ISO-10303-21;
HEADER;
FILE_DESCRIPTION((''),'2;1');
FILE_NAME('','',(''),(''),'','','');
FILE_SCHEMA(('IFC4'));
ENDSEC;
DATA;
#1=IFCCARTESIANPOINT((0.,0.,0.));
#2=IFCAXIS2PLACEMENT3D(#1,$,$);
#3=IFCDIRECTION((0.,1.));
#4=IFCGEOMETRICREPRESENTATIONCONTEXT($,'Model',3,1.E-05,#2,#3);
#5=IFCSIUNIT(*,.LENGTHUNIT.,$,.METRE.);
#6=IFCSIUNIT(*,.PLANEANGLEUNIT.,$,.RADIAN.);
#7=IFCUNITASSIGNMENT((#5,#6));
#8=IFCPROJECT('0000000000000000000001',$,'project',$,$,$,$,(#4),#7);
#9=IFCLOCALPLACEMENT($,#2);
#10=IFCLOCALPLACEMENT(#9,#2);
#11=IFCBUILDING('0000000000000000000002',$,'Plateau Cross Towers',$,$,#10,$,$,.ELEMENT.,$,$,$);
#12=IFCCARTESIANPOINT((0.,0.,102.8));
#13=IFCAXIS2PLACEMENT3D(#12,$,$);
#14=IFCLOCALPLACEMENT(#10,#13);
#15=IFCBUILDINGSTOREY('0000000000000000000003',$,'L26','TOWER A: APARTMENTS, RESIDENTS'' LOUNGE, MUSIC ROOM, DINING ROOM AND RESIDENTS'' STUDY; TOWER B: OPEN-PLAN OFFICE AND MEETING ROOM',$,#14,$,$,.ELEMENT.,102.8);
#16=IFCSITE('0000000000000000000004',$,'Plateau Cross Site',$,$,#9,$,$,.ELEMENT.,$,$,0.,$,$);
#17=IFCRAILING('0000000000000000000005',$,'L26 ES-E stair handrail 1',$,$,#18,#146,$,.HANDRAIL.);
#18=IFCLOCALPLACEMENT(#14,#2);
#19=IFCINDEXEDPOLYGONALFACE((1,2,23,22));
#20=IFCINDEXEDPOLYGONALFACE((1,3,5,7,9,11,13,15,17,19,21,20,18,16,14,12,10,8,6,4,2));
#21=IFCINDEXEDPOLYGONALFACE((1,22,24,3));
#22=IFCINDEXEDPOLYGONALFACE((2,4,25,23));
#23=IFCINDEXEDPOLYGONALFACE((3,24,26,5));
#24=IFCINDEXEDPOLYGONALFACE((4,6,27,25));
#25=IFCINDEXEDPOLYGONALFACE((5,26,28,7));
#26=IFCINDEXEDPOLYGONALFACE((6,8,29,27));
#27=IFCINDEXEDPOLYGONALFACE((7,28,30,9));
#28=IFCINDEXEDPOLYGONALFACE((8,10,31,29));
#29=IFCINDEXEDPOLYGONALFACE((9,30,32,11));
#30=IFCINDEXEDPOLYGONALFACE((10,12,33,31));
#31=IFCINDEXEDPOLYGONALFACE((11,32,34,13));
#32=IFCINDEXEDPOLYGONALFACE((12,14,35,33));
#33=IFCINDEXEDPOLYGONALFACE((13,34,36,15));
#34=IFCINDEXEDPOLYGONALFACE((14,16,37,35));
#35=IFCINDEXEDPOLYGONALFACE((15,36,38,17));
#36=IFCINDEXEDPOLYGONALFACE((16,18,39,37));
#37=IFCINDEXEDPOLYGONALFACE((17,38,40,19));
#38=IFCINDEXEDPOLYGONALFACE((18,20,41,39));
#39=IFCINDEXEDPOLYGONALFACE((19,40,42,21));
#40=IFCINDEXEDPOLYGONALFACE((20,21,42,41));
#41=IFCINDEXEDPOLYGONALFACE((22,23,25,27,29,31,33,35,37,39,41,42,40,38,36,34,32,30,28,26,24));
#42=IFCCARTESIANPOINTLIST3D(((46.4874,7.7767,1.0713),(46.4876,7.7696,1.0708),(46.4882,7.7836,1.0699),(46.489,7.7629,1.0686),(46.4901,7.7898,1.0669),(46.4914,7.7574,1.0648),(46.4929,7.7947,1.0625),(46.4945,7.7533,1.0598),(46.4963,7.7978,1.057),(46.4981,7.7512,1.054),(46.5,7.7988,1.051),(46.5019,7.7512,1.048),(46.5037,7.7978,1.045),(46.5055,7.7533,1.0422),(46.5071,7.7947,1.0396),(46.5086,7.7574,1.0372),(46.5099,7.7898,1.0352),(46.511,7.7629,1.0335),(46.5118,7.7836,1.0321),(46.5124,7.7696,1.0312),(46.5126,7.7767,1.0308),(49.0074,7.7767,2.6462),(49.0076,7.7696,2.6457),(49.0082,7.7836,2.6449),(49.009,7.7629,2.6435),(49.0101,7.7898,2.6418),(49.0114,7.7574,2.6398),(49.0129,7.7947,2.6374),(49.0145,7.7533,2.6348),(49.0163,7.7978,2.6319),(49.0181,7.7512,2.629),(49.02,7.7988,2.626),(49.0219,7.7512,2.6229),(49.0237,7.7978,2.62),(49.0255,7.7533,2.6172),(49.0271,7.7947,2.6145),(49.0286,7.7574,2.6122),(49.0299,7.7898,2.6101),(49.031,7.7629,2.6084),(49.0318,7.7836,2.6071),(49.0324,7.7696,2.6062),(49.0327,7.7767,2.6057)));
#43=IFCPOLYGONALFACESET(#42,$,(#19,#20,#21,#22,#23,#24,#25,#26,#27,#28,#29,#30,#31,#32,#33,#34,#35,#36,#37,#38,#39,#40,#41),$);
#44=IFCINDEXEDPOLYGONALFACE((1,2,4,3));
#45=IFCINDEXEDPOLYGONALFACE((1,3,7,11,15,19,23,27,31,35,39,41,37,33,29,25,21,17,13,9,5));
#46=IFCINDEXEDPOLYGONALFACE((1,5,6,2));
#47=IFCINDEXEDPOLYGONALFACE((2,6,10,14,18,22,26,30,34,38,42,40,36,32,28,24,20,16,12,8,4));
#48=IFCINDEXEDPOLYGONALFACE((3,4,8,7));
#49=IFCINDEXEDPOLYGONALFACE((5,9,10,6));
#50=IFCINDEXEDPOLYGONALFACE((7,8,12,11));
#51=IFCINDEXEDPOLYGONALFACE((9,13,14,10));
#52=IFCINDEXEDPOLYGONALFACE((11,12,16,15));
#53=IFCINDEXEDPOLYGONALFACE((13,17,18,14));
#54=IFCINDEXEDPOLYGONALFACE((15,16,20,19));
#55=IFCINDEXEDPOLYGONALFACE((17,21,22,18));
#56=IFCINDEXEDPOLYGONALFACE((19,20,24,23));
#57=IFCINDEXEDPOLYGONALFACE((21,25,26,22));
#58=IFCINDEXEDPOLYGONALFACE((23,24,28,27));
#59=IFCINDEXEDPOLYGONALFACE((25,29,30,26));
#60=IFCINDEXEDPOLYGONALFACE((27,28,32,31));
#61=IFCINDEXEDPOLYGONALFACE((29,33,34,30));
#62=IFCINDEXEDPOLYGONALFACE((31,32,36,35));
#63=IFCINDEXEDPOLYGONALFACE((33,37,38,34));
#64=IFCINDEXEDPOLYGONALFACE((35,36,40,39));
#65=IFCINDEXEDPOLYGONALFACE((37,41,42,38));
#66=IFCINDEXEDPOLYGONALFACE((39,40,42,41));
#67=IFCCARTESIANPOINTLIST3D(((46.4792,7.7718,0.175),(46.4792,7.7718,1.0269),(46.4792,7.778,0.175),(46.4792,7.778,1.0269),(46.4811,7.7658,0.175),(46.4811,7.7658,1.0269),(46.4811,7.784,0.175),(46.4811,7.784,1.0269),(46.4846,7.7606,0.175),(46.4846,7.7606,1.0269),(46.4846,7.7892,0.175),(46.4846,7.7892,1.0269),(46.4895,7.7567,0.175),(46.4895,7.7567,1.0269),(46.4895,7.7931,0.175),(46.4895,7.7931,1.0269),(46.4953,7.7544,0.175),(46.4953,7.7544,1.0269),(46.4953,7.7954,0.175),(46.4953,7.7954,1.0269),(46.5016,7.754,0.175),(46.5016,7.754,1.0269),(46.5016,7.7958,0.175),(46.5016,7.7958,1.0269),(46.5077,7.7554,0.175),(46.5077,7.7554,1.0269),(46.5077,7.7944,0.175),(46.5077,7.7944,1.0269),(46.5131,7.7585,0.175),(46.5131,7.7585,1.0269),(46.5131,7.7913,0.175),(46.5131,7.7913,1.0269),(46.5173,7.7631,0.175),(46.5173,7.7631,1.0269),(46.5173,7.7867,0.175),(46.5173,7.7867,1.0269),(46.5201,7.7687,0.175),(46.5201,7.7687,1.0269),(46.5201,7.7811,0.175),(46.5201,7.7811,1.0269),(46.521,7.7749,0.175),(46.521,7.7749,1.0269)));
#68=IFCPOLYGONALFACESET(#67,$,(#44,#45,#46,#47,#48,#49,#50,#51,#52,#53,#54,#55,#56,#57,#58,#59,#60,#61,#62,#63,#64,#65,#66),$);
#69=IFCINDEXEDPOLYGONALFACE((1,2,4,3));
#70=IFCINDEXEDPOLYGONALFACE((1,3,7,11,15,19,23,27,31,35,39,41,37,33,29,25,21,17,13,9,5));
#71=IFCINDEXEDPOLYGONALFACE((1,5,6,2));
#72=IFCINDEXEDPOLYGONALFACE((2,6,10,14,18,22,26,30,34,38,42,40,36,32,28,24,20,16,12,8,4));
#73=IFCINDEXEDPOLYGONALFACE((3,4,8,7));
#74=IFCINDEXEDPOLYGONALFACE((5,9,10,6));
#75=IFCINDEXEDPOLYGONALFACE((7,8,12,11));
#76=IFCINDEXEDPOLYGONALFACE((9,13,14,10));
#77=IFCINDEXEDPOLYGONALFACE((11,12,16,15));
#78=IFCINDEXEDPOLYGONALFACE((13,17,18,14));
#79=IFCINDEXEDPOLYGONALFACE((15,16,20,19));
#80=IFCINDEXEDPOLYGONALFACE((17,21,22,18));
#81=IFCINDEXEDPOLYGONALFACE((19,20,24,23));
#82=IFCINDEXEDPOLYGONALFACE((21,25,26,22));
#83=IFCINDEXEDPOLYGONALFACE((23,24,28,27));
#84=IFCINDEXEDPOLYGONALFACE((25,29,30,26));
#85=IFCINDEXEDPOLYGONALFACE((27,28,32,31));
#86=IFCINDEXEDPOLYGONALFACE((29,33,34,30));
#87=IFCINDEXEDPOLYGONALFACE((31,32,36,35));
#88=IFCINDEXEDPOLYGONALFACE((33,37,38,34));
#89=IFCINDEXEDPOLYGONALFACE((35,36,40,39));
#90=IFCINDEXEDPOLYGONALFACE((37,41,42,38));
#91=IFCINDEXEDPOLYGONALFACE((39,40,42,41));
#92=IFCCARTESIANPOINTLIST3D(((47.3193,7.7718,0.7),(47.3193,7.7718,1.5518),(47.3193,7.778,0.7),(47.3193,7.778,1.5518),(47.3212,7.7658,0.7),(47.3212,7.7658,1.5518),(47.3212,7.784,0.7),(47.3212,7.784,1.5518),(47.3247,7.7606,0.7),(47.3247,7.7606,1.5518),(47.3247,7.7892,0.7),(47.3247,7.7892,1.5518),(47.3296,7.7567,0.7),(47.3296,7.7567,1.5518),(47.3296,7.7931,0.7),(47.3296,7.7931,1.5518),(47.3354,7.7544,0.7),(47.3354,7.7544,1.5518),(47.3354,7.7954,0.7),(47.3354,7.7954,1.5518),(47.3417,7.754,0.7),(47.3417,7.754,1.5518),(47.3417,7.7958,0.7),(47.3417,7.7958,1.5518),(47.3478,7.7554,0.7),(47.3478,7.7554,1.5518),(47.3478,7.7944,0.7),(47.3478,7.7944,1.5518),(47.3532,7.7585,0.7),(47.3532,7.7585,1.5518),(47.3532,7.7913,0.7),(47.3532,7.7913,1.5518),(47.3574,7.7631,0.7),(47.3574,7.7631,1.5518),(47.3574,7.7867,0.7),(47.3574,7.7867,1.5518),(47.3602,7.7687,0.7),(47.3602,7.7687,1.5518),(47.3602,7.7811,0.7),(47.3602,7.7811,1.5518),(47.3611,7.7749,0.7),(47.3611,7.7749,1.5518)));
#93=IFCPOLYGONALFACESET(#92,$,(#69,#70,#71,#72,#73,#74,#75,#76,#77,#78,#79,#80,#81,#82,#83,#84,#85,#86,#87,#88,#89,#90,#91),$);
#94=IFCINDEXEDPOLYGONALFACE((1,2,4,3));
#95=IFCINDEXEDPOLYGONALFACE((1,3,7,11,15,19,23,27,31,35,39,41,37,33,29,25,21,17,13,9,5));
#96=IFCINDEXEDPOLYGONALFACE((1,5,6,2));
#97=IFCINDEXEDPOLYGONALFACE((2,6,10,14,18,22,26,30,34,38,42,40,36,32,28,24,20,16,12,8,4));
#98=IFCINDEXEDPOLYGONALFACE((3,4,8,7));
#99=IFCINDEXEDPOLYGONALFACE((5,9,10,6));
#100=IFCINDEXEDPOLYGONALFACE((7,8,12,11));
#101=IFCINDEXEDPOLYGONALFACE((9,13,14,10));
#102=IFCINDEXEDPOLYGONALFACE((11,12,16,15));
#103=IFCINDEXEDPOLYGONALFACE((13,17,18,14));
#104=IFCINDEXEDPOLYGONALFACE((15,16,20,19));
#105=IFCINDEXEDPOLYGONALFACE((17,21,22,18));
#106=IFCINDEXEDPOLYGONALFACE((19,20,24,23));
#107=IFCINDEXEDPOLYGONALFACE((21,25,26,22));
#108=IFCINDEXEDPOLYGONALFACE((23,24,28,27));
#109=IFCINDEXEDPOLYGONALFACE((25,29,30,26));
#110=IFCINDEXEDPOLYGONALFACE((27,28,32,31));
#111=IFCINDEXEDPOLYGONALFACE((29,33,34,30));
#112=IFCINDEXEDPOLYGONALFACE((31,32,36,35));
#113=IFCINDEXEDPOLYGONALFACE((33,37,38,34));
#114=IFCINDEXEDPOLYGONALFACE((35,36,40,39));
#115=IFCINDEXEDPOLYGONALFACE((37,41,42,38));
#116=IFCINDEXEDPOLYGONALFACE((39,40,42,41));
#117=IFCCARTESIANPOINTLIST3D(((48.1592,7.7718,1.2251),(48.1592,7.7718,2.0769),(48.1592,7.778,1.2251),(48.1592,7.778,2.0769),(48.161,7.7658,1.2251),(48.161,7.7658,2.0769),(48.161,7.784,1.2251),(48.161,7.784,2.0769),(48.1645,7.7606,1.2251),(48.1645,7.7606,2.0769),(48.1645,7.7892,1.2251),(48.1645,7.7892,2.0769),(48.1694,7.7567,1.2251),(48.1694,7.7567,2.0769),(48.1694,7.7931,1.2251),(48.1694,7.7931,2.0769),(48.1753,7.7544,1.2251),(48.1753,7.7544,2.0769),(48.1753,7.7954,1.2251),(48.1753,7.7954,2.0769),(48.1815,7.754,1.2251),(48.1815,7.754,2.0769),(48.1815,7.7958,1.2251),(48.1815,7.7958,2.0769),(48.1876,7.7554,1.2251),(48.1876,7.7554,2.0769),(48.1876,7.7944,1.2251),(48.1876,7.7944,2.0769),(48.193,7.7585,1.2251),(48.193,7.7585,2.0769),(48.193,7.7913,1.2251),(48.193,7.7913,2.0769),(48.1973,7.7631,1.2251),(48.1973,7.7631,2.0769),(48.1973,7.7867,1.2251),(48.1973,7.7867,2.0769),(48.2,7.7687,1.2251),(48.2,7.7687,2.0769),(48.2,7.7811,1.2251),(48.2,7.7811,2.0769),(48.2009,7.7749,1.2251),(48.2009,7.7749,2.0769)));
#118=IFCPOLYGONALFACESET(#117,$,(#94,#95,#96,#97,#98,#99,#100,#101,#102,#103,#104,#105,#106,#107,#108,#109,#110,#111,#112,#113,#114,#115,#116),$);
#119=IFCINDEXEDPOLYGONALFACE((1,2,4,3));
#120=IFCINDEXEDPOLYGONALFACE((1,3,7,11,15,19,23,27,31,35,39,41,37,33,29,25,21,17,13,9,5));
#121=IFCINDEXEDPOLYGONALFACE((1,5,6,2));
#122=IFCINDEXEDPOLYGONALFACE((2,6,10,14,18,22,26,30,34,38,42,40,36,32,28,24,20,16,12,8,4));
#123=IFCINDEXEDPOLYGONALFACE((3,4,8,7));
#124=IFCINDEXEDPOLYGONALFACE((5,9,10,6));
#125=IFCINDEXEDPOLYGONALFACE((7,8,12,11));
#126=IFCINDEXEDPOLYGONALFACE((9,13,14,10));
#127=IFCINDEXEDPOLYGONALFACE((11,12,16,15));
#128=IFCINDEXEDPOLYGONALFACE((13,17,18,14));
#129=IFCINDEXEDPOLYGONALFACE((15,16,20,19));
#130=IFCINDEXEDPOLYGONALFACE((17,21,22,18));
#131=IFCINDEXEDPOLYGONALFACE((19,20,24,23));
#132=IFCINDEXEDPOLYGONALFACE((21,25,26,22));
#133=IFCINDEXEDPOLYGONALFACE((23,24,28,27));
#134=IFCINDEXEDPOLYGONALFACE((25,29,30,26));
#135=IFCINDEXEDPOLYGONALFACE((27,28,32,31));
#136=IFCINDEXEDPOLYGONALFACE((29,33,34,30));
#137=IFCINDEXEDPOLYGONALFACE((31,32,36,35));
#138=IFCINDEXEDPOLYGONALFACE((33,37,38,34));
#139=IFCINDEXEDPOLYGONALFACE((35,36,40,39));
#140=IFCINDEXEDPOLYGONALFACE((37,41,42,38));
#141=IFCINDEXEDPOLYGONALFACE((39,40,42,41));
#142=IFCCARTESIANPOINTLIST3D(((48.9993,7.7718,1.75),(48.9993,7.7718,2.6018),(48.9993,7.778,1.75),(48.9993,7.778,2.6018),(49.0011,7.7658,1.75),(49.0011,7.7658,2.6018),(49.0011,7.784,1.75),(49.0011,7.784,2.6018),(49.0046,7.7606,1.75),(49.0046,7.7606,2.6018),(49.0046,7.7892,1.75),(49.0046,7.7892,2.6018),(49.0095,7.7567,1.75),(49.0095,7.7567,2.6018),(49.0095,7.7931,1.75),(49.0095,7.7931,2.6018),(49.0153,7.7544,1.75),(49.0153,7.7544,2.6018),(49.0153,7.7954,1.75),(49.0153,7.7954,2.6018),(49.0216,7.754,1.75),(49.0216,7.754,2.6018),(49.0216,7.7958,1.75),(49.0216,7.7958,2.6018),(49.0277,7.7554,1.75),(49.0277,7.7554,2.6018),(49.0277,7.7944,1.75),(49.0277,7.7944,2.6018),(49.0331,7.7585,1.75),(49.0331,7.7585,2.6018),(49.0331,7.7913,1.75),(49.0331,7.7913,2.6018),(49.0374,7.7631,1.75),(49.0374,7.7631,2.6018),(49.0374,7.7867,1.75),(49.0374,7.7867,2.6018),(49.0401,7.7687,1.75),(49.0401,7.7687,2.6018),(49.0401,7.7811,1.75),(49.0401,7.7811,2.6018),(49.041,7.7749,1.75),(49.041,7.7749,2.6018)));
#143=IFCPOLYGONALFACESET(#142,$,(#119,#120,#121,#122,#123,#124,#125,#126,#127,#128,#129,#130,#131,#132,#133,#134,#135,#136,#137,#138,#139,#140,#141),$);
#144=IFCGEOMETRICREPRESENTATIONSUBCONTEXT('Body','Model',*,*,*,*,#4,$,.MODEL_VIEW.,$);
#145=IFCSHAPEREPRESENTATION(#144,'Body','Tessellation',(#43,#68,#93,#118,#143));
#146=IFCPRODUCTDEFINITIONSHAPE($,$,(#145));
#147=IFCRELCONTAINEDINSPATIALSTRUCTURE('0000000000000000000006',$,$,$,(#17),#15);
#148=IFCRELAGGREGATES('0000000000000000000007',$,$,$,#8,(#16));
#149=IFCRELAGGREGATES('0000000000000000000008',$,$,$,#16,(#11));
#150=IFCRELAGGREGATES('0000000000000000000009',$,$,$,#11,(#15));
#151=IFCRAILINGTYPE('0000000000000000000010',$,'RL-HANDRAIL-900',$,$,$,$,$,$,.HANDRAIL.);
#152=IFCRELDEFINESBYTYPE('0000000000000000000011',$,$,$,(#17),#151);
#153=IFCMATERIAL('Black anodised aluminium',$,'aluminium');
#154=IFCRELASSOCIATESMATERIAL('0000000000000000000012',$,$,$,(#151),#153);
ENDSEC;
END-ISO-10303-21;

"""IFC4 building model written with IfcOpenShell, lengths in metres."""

from ifc_helpers import new_model, si_unit, direction, frame, origin, origin_2d, place, context, subcontext, project, spatial, circle, extrude, material, type_object, element, save


model = new_model("IFC4")

# Units and contexts
model_context = context("Model", 3, precision=1e-05, world=origin(), true_north=direction((0.0, 1.0)))
body_context = subcontext(model_context, "Body", "Model", "MODEL_VIEW")
ifc_project = project(units=[si_unit("LENGTHUNIT", "METRE"), si_unit("PLANEANGLEUNIT", "RADIAN")], contexts=[model_context])

# Site, building, storey
site_placement = place(None, origin())
site = spatial("IfcSite", under=ifc_project, at=site_placement, Name="Plateau Cross Site", CompositionType="ELEMENT", RefElevation=0.0)
building_placement = place(site_placement, origin())
building = spatial("IfcBuilding", under=site, at=building_placement, Name="Plateau Cross Towers", CompositionType="ELEMENT")
storey_placement = place(building_placement, frame((0.0, 0.0, 102.8)))
storey = spatial("IfcBuildingStorey", under=building, at=storey_placement, Name="L26", Description="TOWER A: APARTMENTS, RESIDENTS' LOUNGE, MUSIC ROOM, DINING ROOM AND RESIDENTS' STUDY; TOWER B: OPEN-PLAN OFFICE AND MEETING ROOM", CompositionType="ELEMENT", Elevation=102.8)

# Shared definitions
ifc_material_1 = material(Name="Black anodised aluminium", Category="aluminium")

# Railing
railing_type_1 = type_object("IfcRailingType", Name="RL-HANDRAIL-900", PredefinedType="HANDRAIL", material=ifc_material_1)
railing_1_placement = place(storey_placement, frame((46.5, 7.7749, 0.175)))
element("IfcRailing", 1, at=railing_1_placement, inside=storey, type_object=railing_type_1, Name="L26 ES-E stair handrail 1", PredefinedType="HANDRAIL", context=body_context, shape_type="SweptSolid", body=[
    extrude(circle(Radius=0.0239, at=origin_2d()), frame((0.0, 0.0, 0.876), z_axis=(0.848008, 0.0, 0.529984), x_axis=(0.0, 1.0, 0.0)), (0.0, 0.0, 1.0), 2.9717),
    extrude(circle(Radius=0.021, at=origin_2d()), origin(), (0.0, 0.0, 1.0), 0.8518),
    extrude(circle(Radius=0.021, at=origin_2d()), frame((0.8401, 0.0, 0.5249)), (0.0, 0.0, 1.0), 0.8518),
    extrude(circle(Radius=0.021, at=origin_2d()), frame((1.6799, 0.0, 1.05)), (0.0, 0.0, 1.0), 0.8518),
    extrude(circle(Radius=0.021, at=origin_2d()), frame((2.52, 0.0, 1.575)), (0.0, 0.0, 1.0), 0.8518),
])

save(model, "model.ifc")
